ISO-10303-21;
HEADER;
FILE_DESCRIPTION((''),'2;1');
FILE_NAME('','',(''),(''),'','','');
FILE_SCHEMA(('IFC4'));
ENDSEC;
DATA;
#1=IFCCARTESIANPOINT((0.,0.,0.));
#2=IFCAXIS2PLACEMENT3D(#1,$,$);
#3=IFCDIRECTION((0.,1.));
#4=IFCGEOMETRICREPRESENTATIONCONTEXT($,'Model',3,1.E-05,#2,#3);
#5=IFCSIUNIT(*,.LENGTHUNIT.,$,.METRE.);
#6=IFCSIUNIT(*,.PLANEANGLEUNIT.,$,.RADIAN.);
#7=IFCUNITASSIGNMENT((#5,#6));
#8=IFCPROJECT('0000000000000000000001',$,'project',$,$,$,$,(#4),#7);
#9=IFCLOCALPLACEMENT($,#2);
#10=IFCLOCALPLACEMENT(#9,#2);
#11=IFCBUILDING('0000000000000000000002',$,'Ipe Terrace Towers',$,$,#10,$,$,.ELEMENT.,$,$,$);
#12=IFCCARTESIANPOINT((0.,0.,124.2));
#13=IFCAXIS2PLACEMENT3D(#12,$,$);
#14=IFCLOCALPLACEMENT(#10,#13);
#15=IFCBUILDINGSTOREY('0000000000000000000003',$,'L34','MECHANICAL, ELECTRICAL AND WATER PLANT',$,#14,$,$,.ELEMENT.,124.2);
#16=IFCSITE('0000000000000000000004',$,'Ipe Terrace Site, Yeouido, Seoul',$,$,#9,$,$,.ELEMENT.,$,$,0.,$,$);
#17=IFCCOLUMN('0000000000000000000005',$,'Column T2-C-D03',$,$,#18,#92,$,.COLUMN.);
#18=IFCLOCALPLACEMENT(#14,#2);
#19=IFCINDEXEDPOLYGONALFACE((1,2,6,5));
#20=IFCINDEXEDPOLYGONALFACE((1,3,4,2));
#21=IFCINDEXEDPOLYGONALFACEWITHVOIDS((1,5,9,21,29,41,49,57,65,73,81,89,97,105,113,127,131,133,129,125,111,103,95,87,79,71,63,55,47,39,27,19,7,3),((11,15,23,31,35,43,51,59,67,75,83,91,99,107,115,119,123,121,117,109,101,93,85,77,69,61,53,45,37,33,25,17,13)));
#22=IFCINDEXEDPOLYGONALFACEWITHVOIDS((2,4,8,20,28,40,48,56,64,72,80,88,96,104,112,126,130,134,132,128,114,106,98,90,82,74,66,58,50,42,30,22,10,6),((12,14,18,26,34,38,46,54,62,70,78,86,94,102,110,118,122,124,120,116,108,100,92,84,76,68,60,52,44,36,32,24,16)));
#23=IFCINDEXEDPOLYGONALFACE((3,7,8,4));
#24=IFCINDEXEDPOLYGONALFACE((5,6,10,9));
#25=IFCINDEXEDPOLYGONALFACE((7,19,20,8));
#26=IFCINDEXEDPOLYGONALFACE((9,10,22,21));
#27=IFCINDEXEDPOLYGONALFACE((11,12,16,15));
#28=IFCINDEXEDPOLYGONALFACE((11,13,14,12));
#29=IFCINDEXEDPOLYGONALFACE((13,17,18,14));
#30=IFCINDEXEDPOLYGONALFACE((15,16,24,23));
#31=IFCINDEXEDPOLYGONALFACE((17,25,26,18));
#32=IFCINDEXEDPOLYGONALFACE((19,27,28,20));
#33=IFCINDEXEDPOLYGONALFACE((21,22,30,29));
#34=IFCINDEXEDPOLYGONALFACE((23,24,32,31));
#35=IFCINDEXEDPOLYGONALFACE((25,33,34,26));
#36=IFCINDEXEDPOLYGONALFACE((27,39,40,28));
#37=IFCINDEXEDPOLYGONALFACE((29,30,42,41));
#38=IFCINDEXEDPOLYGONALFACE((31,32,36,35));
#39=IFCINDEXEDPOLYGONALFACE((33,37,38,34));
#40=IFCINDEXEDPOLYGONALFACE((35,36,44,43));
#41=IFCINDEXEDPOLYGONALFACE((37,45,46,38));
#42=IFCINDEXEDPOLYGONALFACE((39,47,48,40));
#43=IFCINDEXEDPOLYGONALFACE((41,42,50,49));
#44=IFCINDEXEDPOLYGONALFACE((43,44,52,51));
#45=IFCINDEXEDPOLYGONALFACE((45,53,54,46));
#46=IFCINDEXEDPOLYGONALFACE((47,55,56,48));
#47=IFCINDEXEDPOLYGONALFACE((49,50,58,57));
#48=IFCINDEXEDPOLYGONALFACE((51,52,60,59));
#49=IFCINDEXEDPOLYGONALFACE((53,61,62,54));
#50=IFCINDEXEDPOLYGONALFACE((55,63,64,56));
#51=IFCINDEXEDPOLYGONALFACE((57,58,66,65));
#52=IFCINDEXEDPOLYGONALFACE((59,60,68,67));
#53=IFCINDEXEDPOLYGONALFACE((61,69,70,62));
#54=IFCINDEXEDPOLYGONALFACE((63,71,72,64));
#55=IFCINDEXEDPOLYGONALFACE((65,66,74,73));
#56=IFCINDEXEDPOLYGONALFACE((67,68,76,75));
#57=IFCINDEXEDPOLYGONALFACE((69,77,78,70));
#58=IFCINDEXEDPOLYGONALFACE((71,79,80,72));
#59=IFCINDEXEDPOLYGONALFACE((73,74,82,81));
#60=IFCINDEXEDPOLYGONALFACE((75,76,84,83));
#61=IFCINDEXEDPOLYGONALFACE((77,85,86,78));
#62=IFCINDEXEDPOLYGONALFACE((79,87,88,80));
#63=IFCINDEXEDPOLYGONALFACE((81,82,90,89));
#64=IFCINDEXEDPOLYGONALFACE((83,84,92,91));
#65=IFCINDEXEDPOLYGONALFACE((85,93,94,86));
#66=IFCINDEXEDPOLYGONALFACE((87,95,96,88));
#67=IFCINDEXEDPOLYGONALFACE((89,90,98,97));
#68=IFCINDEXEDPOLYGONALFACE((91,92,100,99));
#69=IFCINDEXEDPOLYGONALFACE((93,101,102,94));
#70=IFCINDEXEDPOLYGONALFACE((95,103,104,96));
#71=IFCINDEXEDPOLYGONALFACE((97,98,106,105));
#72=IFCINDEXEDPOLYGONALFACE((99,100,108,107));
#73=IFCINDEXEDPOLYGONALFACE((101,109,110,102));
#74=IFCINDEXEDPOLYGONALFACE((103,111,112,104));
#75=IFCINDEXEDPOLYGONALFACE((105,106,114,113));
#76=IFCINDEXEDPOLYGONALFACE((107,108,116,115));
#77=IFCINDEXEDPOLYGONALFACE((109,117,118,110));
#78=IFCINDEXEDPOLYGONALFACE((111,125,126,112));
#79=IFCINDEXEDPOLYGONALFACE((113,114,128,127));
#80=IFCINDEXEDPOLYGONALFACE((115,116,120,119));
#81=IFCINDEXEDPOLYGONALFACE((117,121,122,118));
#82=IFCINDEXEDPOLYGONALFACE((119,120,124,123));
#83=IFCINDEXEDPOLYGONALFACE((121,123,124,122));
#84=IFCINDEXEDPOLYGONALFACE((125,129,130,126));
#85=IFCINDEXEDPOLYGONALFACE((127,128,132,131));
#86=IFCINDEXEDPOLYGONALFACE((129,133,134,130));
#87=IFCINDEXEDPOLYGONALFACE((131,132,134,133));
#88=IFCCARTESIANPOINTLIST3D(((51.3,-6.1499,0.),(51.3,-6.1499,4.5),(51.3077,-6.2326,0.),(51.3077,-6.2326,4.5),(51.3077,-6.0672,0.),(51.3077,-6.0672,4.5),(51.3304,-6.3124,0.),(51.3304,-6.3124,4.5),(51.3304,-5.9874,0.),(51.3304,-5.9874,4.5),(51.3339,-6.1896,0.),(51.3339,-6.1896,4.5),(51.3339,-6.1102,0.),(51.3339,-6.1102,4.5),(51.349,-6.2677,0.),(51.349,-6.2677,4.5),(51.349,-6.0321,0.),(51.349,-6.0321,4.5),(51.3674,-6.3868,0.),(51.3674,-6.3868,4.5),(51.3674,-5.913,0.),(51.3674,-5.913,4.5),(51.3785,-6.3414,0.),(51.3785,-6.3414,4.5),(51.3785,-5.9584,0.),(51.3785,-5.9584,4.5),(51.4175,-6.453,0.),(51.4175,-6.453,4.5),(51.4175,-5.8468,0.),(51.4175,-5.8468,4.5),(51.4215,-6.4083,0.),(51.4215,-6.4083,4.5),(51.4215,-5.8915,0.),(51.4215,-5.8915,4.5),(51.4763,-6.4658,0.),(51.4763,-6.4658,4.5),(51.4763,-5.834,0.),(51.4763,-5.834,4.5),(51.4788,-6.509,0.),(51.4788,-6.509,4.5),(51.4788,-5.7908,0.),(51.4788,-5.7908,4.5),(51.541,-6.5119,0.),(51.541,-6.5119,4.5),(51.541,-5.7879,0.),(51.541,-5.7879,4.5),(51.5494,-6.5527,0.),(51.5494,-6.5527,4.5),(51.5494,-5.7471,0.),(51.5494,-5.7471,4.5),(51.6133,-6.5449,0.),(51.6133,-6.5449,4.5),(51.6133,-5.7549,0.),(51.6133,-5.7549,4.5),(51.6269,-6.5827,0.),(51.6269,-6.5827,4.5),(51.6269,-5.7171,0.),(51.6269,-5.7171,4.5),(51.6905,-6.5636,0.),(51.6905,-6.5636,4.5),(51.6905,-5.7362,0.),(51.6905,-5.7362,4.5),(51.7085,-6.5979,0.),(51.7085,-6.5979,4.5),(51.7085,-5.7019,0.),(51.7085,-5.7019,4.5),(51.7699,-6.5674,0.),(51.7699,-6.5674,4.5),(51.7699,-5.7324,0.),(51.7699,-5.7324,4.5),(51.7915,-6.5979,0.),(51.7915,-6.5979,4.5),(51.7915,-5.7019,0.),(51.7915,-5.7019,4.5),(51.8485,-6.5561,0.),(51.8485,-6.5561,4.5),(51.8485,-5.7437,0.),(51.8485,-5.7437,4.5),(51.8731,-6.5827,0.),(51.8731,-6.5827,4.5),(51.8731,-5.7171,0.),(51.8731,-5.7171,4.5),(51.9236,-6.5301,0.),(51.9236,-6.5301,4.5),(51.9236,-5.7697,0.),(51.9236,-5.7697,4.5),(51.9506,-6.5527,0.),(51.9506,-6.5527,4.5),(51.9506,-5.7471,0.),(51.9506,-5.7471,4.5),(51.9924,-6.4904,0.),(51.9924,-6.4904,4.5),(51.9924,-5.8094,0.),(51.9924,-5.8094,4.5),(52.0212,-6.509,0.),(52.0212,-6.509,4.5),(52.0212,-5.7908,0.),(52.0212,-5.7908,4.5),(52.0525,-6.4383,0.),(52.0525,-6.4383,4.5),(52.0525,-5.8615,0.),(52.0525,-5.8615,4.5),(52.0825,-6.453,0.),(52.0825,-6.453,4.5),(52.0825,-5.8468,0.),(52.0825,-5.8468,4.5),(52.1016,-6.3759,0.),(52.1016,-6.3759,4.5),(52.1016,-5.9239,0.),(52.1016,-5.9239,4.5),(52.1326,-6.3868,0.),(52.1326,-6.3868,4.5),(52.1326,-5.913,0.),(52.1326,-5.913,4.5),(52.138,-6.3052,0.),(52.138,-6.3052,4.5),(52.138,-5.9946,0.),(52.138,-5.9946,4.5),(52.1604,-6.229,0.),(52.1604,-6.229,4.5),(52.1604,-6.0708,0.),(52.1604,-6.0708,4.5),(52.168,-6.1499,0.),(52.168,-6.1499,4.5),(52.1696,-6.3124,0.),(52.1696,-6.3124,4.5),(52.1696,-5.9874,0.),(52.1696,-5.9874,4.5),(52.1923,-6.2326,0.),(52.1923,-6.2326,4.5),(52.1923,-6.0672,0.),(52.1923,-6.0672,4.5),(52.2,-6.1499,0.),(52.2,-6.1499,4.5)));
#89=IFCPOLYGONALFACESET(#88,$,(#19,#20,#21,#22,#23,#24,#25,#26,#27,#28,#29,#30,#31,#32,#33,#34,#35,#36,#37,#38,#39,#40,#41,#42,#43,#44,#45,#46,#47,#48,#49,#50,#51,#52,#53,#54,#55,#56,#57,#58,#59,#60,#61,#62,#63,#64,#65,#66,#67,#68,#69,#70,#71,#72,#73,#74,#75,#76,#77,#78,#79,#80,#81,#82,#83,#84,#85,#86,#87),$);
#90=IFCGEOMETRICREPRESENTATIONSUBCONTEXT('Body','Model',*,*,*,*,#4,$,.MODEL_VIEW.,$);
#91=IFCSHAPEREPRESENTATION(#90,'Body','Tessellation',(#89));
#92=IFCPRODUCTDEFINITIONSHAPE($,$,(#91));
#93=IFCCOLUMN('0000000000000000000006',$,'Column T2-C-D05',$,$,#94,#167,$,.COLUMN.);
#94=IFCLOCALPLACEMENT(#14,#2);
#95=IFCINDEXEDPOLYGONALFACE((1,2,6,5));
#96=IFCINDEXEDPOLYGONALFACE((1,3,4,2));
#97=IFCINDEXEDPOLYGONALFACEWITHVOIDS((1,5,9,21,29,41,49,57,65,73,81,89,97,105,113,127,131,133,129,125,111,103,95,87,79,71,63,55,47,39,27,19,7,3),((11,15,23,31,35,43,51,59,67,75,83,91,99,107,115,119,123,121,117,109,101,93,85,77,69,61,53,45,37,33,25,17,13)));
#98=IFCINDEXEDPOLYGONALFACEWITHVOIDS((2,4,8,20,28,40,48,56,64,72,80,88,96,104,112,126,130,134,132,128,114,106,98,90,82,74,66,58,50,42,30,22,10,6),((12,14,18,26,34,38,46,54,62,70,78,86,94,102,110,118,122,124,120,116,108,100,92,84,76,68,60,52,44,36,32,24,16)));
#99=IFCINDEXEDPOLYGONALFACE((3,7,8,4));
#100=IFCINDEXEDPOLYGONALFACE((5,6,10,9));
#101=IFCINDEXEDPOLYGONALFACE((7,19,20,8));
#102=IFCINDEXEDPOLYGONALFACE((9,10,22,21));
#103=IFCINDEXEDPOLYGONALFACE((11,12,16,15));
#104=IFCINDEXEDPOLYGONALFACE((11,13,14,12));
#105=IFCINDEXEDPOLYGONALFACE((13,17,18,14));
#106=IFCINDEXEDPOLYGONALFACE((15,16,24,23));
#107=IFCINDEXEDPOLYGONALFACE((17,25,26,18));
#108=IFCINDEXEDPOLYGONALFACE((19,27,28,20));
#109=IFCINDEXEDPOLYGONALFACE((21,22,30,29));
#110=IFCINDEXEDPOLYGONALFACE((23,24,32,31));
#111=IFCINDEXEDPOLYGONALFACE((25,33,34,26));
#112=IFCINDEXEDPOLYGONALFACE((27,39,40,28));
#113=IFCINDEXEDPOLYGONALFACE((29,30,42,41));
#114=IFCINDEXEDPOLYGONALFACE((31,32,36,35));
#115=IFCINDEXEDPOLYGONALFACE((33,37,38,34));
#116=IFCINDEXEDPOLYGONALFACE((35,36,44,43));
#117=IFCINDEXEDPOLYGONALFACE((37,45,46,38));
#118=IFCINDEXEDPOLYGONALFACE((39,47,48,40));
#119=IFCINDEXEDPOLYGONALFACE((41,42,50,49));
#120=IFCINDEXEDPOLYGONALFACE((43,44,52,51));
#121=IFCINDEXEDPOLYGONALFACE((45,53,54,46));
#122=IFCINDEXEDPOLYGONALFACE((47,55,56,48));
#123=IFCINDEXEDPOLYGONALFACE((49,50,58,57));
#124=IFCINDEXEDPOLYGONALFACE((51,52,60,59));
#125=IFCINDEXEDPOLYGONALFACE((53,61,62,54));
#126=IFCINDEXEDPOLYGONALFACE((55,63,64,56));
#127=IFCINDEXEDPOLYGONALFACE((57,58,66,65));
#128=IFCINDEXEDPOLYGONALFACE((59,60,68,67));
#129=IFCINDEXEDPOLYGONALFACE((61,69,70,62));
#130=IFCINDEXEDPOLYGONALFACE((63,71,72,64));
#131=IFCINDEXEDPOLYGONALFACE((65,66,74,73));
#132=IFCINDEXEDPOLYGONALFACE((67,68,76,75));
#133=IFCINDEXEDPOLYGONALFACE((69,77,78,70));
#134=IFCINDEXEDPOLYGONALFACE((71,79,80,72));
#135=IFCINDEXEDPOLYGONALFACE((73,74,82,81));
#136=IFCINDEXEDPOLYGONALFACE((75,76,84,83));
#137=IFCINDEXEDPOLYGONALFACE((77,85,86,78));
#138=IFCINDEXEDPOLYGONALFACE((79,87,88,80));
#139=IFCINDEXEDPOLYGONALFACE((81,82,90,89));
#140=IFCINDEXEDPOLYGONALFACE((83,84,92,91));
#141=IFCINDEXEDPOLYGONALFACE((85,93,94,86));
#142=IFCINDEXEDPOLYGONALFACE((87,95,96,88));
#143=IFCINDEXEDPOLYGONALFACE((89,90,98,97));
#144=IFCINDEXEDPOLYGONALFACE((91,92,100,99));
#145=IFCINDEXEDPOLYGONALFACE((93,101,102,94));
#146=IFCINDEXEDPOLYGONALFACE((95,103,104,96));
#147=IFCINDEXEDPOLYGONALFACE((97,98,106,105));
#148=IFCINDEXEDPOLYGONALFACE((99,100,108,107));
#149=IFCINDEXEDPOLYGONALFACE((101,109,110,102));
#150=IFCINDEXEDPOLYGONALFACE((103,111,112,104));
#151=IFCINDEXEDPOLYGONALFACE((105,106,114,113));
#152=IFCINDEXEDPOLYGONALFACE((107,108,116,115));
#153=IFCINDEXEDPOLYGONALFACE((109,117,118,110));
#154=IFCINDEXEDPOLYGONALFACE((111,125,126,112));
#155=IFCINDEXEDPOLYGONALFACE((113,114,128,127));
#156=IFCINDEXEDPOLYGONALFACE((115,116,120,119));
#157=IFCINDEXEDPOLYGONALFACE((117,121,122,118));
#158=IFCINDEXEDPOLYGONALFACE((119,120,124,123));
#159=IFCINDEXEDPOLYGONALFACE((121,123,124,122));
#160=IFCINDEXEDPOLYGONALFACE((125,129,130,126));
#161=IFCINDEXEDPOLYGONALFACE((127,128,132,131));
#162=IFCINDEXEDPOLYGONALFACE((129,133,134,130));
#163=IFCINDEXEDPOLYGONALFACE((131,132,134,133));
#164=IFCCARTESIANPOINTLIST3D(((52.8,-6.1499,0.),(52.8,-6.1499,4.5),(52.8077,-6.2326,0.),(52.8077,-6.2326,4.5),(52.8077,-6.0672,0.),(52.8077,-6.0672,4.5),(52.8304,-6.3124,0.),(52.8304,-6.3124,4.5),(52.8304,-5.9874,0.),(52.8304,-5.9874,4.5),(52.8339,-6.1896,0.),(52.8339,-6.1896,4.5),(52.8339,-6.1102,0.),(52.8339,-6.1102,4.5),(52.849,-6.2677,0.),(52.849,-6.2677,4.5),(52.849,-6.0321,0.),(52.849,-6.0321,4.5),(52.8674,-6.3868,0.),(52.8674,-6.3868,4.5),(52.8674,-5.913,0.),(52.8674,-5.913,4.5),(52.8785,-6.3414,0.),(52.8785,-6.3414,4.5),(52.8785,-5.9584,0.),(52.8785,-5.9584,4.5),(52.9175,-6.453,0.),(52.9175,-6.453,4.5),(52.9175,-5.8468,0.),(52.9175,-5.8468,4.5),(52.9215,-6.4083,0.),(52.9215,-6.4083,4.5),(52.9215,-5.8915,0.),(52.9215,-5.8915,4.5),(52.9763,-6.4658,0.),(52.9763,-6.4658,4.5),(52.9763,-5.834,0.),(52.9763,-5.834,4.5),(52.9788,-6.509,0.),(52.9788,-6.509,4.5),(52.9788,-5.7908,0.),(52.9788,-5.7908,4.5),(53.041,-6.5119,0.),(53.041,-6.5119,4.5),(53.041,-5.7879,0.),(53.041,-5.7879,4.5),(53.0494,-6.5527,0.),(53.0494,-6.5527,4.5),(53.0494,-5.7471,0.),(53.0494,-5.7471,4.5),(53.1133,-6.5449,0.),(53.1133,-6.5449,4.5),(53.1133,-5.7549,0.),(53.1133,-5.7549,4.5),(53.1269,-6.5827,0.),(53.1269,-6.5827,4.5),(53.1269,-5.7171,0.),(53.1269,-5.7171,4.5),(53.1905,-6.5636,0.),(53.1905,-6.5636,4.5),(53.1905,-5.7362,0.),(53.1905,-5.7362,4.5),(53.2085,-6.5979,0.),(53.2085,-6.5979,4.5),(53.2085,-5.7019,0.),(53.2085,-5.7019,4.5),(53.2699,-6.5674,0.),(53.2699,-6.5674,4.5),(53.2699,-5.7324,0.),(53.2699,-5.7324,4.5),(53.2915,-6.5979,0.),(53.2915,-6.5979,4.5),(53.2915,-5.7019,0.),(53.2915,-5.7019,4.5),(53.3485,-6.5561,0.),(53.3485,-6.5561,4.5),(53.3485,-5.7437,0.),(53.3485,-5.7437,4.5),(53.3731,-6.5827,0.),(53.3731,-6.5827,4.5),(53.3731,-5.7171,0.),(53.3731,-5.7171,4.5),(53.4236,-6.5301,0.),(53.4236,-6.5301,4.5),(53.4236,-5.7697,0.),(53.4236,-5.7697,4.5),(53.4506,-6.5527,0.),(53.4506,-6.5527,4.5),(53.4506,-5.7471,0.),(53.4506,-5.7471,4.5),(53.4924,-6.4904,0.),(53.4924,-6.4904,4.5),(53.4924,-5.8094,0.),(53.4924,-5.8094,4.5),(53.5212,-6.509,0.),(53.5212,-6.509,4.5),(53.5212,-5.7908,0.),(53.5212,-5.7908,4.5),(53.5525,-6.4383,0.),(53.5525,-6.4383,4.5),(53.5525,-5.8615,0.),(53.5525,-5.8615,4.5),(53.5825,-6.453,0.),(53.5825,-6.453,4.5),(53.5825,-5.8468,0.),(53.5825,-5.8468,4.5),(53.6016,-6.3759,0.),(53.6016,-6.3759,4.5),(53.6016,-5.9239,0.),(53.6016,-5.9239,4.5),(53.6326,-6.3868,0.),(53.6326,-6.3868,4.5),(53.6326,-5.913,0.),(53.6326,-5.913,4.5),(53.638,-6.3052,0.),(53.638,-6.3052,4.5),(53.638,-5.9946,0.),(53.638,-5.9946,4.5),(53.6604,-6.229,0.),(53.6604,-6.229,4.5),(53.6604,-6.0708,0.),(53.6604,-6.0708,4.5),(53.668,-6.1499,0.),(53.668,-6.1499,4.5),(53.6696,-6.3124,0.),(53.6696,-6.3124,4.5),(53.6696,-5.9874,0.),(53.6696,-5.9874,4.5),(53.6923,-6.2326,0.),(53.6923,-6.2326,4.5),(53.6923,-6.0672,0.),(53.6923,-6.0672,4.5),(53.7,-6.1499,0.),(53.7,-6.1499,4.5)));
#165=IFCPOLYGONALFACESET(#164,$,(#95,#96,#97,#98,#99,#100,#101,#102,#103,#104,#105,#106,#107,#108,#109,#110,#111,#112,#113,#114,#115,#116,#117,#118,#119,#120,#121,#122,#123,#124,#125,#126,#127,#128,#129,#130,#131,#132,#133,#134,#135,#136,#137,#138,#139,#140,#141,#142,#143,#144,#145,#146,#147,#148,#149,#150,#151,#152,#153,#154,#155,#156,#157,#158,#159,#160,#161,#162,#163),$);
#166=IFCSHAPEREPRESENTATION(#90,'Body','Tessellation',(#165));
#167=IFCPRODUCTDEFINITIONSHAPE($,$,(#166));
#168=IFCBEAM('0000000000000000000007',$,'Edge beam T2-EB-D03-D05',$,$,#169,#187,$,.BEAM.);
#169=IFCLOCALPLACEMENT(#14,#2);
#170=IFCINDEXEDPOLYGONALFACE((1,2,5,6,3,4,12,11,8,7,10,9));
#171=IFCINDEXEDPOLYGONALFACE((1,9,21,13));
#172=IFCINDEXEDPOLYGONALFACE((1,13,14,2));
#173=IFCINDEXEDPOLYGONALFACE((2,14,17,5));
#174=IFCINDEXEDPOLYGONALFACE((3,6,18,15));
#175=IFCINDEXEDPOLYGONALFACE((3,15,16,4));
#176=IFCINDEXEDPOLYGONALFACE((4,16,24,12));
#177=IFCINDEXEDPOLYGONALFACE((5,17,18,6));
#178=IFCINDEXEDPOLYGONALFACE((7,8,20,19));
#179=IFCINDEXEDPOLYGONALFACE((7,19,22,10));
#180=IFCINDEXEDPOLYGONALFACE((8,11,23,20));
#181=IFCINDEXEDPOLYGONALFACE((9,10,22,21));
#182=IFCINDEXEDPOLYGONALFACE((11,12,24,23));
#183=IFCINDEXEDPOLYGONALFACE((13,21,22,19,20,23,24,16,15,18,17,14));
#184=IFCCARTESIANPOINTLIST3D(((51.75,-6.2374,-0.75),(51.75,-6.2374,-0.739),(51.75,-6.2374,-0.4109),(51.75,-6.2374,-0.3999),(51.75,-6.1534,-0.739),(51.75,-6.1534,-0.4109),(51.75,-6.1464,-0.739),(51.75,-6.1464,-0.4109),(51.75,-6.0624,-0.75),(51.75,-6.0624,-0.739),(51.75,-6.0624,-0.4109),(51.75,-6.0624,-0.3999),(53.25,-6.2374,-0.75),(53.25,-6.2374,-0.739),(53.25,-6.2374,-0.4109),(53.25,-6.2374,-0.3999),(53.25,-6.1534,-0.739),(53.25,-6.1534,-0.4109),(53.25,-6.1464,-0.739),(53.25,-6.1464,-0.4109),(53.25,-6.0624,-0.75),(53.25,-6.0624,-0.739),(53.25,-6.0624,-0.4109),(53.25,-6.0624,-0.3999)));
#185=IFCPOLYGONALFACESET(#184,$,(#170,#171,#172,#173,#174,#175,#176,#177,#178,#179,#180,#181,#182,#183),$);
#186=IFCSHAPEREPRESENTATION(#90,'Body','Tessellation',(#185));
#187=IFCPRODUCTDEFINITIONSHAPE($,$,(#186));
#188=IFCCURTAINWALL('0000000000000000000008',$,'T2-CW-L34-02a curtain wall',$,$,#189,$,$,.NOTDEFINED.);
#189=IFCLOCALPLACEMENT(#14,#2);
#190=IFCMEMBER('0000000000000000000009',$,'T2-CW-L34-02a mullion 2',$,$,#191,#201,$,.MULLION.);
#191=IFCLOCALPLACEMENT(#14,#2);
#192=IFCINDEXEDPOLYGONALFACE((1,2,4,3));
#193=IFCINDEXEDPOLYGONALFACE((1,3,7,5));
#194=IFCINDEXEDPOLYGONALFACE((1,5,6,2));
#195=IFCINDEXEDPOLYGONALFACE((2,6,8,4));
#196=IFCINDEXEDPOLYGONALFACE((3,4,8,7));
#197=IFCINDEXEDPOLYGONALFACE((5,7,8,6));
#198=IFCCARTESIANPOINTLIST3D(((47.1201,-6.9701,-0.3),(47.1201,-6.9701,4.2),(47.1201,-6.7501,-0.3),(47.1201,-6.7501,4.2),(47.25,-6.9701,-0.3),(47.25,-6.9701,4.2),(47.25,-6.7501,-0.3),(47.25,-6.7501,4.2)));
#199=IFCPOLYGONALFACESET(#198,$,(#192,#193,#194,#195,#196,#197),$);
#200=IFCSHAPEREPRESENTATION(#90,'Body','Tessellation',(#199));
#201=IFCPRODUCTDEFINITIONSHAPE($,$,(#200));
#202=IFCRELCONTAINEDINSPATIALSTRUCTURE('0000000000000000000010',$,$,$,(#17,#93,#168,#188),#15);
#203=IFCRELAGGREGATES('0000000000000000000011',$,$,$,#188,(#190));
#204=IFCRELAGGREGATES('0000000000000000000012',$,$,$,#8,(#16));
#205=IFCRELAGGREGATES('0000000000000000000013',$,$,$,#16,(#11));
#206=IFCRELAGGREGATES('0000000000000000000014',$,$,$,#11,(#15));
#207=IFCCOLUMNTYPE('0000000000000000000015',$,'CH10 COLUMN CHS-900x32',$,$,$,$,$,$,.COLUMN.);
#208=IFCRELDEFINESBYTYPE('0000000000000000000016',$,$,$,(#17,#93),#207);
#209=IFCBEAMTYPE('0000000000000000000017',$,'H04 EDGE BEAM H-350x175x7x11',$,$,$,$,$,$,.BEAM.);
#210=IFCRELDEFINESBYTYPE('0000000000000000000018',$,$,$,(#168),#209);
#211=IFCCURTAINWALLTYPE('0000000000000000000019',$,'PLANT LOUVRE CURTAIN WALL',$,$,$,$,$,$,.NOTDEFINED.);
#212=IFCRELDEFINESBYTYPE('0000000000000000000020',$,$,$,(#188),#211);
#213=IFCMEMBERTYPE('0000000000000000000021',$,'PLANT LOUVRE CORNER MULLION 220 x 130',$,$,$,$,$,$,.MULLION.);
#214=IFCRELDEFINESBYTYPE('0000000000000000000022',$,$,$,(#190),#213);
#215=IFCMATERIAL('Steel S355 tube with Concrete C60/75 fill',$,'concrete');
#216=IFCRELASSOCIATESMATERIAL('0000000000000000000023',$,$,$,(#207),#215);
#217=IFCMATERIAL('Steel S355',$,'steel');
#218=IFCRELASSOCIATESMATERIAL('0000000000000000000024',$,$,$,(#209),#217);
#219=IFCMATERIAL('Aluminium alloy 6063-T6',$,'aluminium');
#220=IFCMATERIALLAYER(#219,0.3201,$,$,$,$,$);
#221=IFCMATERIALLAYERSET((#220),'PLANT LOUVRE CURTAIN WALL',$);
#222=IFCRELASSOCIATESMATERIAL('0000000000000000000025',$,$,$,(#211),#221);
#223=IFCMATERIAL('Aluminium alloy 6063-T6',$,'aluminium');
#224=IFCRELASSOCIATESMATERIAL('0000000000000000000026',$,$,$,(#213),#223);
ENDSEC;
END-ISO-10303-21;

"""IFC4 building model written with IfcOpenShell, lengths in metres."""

from ifc_helpers import new_model, si_unit, direction, frame, origin, origin_2d, place, context, subcontext, project, spatial, rectangle, hollow_circle, i_section, extrude, material, layer, layer_set, material_profile, profile_set, type_object, element, aggregate, save


model = new_model("IFC4")

# Units and contexts
model_context = context("Model", 3, precision=1e-05, world=origin(), true_north=direction((0.0, 1.0)))
body_context = subcontext(model_context, "Body", "Model", "MODEL_VIEW")
ifc_project = project(units=[si_unit("LENGTHUNIT", "METRE"), si_unit("PLANEANGLEUNIT", "RADIAN")], contexts=[model_context])

# Site, building, storey
site_placement = place(None, origin())
site = spatial("IfcSite", under=ifc_project, at=site_placement, Name="Ipe Terrace Site, Yeouido, Seoul", CompositionType="ELEMENT", RefElevation=0.0)
building_placement = place(site_placement, origin())
building = spatial("IfcBuilding", under=site, at=building_placement, Name="Ipe Terrace Towers", CompositionType="ELEMENT")
storey_placement = place(building_placement, frame((0.0, 0.0, 124.2)))
storey = spatial("IfcBuildingStorey", under=building, at=storey_placement, Name="L34", Description="MECHANICAL, ELECTRICAL AND WATER PLANT", CompositionType="ELEMENT", Elevation=124.2)

# Columns
ifc_material_1 = material(Name="Steel S355 tube with Concrete C60/75 fill", Category="concrete")
ifc_material_profile_1 = material_profile(ifc_material_1, hollow_circle(Radius=0.45, WallThickness=0.032, at=origin_2d()), Name="CHS-900x32")
ifc_profile_set_1 = profile_set([ifc_material_profile_1], Name="Steel S355 tube with Concrete C60/75 fill")
column_type = type_object("IfcColumnType", Name="CH10 COLUMN CHS-900x32", PredefinedType="COLUMN", material=ifc_profile_set_1)
for number, where, z_axis, x_axis, name in (
    (1, (51.75, -6.1499, 0.0), (0.0, 0.0, 1.0), (1.0, 0.0, 0.0), "Column T2-C-D03"),
    (2, (53.25, -6.1499, 0.0), (0.0, 0.0, 1.0), (1.0, 0.0, 0.0), "Column T2-C-D05"),
):
    element("IfcColumn", number, at=place(storey_placement, frame(where, z_axis=z_axis, x_axis=x_axis)), inside=storey, type_object=column_type, Name=name, PredefinedType="COLUMN", context=body_context, shape_type="SweptSolid", body=[
        extrude(hollow_circle(Radius=0.45, WallThickness=0.032, at=origin_2d()), origin(), (0.0, 0.0, 1.0), 4.5),
    ])

# Beam
ifc_material_2 = material(Name="Steel S355", Category="steel")
ifc_material_profile_2 = material_profile(ifc_material_2, i_section(OverallWidth=0.175, OverallDepth=0.3501, WebThickness=0.0071, FlangeThickness=0.011, at=origin_2d()), Name="H-350x175x7x11")
ifc_profile_set_2 = profile_set([ifc_material_profile_2], Name="Steel S355")
beam_type = type_object("IfcBeamType", Name="H04 EDGE BEAM H-350x175x7x11", PredefinedType="BEAM", material=ifc_profile_set_2)
beam_placement = place(storey_placement, frame((51.75, -6.1499, -0.575), z_axis=(1.0, 0.0, 0.0), x_axis=(0.0, 1.0, 0.0)))
element("IfcBeam", 3, at=beam_placement, inside=storey, type_object=beam_type, Name="Edge beam T2-EB-D03-D05", PredefinedType="BEAM", context=body_context, shape_type="SweptSolid", body=[
    extrude(i_section(OverallWidth=0.175, OverallDepth=0.3501, WebThickness=0.0071, FlangeThickness=0.011, at=origin_2d()), origin(), (0.0, 0.0, 1.0), 1.5),
])

# Curtain wall, member
ifc_material_3 = material(Name="Aluminium alloy 6063-T6", Category="aluminium")
ifc_layer_1 = layer(ifc_material_3, 0.3201)
ifc_layer_set_1 = layer_set([ifc_layer_1], Name="PLANT LOUVRE CURTAIN WALL")
curtain_wall_type = type_object("IfcCurtainWallType", Name="PLANT LOUVRE CURTAIN WALL", PredefinedType="NOTDEFINED", material=ifc_layer_set_1)
curtain_wall_1_placement = place(storey_placement, origin())
curtain_wall_1 = element("IfcCurtainWall", 4, at=curtain_wall_1_placement, inside=storey, type_object=curtain_wall_type, Name="T2-CW-L34-02a curtain wall", PredefinedType="NOTDEFINED")
ifc_material_4 = material(Name="Aluminium alloy 6063-T6", Category="aluminium")
ifc_material_profile_3 = material_profile(ifc_material_4, rectangle(XDim=0.22, YDim=0.1299, at=origin_2d()), Name="PLANT LOUVRE CORNER MULLION 220 x 130")
ifc_profile_set_3 = profile_set([ifc_material_profile_3], Name="Aluminium alloy 6063-T6")
member_type_1 = type_object("IfcMemberType", Name="PLANT LOUVRE CORNER MULLION 220 x 130", PredefinedType="MULLION", material=ifc_profile_set_3)
member_1_placement = place(storey_placement, frame((47.1851, -6.8601, -0.3), z_axis=(0.0, 0.0, 1.0), x_axis=(0.0, -1.0, 0.0)))
member_1 = element("IfcMember", 5, at=member_1_placement, type_object=member_type_1, Name="T2-CW-L34-02a mullion 2", PredefinedType="MULLION", context=body_context, shape_type="SweptSolid", body=[
    extrude(rectangle(XDim=0.22, YDim=0.1299, at=origin_2d()), origin(), (0.0, 0.0, 1.0), 4.5),
])

aggregate(curtain_wall_1, [member_1])

save(model, "model.ifc")
